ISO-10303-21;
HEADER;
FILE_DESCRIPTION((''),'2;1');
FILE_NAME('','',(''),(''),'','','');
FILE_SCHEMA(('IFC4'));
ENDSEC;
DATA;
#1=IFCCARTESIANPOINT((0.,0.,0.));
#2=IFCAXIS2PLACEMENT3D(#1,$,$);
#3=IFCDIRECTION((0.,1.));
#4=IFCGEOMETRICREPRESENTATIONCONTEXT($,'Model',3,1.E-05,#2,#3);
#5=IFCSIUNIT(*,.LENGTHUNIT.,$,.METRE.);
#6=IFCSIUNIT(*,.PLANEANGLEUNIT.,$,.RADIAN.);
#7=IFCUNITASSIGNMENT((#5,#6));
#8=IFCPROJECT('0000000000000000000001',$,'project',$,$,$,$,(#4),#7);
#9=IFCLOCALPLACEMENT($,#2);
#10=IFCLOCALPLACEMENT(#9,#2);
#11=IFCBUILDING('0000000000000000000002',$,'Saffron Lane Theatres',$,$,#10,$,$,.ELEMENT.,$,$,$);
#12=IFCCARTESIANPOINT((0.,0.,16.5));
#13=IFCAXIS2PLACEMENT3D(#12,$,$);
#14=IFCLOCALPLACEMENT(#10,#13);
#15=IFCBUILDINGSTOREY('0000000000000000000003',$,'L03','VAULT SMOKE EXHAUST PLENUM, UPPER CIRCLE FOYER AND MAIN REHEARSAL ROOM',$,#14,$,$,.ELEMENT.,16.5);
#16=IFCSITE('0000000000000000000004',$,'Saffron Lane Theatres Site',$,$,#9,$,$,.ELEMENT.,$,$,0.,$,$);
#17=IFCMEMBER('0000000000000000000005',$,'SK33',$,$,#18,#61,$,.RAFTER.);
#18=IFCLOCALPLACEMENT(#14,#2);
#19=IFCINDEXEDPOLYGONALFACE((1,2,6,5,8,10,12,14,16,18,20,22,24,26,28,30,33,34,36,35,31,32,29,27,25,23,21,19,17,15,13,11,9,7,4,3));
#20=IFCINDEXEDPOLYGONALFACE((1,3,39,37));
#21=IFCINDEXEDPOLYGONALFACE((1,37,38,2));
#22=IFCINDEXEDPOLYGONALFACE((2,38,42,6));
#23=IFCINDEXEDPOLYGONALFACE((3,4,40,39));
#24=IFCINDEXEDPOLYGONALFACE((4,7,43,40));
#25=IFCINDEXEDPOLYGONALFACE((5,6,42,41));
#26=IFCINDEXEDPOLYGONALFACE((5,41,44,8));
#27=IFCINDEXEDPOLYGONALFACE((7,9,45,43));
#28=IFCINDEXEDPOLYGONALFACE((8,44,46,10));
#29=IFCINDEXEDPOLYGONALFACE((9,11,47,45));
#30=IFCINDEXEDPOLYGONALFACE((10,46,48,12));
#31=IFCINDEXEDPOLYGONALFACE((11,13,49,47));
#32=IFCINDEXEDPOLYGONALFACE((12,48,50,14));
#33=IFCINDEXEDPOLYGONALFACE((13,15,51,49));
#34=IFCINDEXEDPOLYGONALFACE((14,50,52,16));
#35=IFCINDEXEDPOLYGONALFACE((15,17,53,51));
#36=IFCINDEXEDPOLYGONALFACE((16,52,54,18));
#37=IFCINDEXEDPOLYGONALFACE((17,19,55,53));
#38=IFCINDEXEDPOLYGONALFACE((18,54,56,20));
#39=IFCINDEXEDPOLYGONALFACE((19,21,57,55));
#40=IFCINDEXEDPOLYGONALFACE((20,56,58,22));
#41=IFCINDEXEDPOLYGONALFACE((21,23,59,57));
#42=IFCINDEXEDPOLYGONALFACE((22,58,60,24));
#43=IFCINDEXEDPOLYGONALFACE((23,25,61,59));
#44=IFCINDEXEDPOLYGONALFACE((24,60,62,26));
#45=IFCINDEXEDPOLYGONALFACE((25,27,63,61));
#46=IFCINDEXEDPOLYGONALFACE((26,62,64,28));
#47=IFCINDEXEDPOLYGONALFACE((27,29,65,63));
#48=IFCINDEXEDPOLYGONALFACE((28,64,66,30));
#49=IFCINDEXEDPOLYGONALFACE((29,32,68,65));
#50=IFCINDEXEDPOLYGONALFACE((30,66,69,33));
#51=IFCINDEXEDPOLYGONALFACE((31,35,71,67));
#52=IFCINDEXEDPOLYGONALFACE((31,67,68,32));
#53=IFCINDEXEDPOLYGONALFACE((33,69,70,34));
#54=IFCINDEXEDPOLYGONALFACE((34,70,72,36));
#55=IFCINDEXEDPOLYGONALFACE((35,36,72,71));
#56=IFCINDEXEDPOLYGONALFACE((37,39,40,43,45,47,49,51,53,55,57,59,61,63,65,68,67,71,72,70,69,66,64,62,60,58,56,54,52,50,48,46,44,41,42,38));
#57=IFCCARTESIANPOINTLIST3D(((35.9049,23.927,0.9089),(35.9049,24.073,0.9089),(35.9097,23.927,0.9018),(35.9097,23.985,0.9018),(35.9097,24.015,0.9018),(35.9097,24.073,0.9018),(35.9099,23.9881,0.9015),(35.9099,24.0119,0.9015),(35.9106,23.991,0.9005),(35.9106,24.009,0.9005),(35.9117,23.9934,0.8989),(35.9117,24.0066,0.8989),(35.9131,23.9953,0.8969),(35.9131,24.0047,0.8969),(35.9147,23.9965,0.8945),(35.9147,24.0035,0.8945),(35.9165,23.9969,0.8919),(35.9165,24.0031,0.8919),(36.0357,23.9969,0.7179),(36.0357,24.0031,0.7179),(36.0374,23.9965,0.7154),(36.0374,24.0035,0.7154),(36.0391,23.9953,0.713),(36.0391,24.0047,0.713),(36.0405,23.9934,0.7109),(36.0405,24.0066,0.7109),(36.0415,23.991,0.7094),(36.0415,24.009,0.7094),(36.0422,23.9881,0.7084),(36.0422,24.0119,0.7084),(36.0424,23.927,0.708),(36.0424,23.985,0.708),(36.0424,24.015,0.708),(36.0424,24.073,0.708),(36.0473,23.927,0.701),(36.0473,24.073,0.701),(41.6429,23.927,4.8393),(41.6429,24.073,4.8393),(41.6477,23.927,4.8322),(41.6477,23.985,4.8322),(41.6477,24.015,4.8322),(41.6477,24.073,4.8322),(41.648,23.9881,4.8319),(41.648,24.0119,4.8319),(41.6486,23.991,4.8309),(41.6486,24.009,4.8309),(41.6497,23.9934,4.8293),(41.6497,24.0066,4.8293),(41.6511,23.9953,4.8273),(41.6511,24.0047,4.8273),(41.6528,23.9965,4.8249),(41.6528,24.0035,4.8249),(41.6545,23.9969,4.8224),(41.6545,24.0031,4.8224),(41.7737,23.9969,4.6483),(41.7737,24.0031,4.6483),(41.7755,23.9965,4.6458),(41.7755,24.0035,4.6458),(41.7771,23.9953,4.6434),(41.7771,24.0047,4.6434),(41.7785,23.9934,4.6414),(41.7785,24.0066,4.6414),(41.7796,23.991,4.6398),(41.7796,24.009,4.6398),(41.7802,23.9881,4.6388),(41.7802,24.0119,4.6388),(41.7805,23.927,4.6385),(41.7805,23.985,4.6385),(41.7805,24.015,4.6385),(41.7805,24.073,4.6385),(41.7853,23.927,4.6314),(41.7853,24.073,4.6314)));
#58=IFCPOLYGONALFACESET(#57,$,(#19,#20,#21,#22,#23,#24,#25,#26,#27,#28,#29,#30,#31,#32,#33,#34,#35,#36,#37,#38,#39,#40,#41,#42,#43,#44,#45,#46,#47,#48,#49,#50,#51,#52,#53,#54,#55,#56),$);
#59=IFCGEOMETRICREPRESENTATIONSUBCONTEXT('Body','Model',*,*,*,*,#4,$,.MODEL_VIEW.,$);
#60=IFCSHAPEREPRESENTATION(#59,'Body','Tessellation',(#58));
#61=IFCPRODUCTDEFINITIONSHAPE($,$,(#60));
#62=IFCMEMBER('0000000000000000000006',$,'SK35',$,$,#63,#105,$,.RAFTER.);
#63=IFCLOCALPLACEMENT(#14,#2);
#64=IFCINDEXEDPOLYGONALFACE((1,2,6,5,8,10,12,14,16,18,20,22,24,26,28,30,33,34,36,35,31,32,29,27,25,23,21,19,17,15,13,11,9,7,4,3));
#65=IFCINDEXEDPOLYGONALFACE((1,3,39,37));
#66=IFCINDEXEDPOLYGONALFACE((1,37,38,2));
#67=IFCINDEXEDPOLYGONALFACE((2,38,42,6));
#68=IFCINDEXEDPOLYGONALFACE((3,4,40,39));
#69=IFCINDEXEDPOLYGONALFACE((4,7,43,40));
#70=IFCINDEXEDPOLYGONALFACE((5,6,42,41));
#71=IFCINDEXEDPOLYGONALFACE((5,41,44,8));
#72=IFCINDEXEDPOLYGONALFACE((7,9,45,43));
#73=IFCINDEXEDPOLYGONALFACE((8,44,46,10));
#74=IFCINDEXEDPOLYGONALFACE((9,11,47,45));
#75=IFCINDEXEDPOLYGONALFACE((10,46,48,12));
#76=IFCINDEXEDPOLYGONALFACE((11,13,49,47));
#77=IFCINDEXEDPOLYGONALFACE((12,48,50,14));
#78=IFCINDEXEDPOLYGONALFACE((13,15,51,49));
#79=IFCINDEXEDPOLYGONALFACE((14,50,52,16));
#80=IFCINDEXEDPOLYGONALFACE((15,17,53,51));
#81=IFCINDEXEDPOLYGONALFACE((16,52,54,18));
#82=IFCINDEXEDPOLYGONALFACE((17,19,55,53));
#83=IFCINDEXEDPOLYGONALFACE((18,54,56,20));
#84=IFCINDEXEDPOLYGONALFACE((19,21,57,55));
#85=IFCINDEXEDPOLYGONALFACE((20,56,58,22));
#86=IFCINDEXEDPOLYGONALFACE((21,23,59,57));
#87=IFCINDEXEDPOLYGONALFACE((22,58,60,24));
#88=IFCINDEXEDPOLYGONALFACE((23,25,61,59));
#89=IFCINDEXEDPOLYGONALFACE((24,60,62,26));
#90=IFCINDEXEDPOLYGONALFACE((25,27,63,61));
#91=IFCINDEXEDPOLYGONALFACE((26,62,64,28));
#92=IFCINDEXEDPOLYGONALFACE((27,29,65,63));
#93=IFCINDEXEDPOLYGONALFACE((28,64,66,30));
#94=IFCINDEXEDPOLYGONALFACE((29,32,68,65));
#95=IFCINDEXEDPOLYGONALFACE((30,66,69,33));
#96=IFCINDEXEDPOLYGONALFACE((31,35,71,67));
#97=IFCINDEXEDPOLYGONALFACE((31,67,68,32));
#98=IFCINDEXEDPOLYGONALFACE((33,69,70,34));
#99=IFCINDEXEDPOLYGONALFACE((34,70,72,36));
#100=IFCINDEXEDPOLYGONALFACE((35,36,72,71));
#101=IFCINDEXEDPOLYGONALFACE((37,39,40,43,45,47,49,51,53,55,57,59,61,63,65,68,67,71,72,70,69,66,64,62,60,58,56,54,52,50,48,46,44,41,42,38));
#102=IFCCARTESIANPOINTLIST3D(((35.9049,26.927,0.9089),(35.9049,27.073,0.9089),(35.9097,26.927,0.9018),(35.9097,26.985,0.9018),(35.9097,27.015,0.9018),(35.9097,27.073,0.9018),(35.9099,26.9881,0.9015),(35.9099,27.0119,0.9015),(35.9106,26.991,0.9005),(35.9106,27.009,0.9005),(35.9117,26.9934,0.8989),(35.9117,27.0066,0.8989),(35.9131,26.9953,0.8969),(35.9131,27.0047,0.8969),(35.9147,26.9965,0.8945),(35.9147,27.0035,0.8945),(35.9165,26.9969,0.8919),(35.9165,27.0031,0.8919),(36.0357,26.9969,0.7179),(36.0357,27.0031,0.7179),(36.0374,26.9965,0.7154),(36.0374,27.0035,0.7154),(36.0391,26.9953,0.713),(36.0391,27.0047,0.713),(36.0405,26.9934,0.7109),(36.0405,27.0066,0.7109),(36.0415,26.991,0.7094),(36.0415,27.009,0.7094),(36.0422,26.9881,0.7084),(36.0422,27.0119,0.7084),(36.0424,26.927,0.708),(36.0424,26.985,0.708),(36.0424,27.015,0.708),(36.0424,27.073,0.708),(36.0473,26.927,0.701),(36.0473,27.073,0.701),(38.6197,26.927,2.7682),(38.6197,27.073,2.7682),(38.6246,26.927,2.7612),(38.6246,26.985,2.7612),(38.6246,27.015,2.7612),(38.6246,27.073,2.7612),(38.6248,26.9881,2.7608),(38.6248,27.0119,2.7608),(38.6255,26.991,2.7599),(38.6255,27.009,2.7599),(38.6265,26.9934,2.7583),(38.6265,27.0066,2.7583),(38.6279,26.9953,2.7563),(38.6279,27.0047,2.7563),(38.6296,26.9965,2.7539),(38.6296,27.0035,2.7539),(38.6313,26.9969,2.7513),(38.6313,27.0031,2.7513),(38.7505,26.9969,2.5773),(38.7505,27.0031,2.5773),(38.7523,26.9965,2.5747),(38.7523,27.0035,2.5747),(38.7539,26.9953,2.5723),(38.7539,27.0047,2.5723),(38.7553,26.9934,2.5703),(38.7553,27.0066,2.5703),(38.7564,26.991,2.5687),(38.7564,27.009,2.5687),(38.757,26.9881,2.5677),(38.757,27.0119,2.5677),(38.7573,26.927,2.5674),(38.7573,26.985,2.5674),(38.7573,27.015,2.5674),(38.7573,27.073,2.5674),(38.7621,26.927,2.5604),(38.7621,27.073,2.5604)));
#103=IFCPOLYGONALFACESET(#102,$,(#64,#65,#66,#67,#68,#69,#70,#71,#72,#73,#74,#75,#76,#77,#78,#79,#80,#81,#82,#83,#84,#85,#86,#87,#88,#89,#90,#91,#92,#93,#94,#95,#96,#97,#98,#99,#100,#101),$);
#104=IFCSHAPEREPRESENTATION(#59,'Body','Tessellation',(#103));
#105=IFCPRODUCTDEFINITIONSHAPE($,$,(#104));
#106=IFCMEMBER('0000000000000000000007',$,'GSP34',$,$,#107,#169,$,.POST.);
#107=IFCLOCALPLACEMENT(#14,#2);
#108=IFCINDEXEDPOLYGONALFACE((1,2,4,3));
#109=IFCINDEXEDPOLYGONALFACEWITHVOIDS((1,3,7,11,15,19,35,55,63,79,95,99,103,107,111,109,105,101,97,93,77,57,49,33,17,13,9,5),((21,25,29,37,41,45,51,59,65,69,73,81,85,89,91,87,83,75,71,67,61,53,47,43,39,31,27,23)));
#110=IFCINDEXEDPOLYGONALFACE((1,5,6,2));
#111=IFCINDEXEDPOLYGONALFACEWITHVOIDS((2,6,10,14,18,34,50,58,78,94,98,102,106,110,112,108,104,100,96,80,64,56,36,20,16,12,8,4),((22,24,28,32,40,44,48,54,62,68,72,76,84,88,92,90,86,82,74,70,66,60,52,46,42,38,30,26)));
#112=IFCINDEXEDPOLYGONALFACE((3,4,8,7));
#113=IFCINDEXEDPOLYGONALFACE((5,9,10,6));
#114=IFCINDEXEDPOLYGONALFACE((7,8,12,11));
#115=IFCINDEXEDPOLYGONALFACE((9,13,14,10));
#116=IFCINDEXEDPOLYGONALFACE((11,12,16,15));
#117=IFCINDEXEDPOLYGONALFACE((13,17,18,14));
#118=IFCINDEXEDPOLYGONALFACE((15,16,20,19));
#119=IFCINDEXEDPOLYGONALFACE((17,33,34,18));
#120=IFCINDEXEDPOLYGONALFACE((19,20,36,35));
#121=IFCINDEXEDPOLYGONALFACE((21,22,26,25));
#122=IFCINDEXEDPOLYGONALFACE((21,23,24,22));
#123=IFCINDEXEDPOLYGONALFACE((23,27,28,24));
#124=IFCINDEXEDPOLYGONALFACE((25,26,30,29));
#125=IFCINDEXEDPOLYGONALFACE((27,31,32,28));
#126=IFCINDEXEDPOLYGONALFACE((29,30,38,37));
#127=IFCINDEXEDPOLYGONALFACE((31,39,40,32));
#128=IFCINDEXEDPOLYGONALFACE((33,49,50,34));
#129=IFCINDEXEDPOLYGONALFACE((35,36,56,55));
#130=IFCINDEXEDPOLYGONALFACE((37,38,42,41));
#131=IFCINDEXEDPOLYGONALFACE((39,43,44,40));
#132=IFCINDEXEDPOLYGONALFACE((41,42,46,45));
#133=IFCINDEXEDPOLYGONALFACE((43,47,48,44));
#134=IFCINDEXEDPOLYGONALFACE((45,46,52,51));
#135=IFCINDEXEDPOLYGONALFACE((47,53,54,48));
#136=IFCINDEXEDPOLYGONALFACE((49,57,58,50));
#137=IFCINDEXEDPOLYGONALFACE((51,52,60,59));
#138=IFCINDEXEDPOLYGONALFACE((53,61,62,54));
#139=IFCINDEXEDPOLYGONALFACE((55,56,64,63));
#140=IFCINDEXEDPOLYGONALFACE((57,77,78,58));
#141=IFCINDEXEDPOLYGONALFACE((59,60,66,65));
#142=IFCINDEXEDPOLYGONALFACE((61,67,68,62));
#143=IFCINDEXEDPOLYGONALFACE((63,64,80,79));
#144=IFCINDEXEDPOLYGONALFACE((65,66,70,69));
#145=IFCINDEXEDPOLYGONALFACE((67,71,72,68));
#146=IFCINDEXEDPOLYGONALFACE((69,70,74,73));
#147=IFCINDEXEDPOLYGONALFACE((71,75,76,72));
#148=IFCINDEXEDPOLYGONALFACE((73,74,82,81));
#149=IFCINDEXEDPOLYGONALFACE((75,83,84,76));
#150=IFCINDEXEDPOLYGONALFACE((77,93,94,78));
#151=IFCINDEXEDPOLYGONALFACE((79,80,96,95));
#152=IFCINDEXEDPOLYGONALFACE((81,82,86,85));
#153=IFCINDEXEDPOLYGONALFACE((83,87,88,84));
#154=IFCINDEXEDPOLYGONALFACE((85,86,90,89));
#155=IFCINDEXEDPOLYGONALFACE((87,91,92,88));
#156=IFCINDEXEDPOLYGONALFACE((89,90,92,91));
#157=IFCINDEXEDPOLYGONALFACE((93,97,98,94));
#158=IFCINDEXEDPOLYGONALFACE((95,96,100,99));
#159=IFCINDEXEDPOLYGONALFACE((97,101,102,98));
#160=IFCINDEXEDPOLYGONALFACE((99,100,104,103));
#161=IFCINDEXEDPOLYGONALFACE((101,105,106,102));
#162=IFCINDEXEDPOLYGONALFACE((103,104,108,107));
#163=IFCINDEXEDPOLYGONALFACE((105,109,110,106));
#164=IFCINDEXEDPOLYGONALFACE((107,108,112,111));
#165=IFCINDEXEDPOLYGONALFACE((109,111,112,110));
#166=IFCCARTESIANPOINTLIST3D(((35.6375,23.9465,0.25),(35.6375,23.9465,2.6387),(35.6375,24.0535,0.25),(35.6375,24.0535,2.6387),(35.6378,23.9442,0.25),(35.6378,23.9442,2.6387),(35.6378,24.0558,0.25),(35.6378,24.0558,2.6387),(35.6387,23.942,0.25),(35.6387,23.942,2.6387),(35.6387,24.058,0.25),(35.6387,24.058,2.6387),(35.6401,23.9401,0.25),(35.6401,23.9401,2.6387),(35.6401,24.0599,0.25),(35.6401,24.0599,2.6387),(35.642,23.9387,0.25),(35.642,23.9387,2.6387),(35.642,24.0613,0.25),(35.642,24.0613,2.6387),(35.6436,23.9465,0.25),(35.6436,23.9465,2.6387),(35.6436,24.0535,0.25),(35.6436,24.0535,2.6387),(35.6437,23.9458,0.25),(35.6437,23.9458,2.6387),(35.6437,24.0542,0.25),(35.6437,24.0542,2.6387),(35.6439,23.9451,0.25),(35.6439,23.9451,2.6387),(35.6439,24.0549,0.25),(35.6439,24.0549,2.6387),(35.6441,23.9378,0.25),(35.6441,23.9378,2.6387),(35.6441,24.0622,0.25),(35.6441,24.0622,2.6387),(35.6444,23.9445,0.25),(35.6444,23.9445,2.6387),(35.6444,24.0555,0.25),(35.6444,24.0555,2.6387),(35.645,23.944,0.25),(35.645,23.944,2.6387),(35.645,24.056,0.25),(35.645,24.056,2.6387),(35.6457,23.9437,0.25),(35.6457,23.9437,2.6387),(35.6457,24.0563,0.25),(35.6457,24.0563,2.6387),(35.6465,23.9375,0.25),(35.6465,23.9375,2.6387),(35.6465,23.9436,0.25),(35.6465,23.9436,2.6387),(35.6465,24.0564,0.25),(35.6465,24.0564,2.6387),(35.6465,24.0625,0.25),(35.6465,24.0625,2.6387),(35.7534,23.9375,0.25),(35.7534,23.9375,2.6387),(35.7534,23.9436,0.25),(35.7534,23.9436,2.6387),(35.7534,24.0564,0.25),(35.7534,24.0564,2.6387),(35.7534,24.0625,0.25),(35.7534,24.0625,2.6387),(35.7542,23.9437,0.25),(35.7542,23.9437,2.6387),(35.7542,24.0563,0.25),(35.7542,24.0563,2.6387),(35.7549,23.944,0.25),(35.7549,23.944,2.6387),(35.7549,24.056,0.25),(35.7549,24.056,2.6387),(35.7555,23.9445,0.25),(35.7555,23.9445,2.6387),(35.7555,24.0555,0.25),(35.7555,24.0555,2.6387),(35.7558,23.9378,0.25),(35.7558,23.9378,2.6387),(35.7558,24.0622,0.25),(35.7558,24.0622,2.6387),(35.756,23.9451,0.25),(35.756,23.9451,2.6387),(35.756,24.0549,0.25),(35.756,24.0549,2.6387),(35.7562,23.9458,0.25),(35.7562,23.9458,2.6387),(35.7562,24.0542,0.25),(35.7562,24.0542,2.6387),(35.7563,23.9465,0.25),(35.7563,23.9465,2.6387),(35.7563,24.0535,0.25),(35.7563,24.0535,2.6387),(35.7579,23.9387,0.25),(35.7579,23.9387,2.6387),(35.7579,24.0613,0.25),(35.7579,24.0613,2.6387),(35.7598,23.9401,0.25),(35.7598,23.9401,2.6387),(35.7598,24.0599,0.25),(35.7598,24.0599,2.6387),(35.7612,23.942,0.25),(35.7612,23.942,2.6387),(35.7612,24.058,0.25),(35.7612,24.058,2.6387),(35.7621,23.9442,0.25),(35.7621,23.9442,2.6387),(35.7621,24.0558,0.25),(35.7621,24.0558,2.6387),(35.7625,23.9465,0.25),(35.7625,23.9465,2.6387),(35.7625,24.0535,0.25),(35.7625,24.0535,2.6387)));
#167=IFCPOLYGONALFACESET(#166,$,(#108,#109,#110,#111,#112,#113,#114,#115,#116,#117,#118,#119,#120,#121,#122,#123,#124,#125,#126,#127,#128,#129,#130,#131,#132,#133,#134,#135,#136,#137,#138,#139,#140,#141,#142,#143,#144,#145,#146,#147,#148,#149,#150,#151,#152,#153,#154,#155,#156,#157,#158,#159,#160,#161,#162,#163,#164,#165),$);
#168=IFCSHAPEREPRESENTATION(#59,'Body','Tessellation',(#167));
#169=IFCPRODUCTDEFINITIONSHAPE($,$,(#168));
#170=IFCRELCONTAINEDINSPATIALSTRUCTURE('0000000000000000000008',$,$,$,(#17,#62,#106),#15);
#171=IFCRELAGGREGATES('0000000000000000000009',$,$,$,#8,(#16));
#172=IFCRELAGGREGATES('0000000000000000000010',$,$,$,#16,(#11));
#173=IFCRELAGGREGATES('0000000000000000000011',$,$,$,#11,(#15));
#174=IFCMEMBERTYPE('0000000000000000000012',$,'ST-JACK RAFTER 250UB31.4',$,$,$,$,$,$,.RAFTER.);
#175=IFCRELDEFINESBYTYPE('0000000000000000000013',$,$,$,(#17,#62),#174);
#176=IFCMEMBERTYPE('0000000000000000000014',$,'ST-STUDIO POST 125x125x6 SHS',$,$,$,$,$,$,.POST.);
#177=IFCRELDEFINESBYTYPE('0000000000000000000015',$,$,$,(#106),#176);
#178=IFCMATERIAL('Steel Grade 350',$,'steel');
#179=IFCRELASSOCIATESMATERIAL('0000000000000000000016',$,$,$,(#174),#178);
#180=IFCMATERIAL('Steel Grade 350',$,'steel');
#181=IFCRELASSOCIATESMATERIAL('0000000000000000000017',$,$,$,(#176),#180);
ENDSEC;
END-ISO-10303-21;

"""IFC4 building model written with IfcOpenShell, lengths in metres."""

from ifc_helpers import new_model, si_unit, direction, frame, origin, origin_2d, place, context, subcontext, project, spatial, hollow_rectangle, i_section, extrude, material, material_profile, profile_set, type_object, element, save


model = new_model("IFC4")

# Units and contexts
model_context = context("Model", 3, precision=1e-05, world=origin(), true_north=direction((0.0, 1.0)))
body_context = subcontext(model_context, "Body", "Model", "MODEL_VIEW")
ifc_project = project(units=[si_unit("LENGTHUNIT", "METRE"), si_unit("PLANEANGLEUNIT", "RADIAN")], contexts=[model_context])

# Site, building, storey
site_placement = place(None, origin())
site = spatial("IfcSite", under=ifc_project, at=site_placement, Name="Saffron Lane Theatres Site", CompositionType="ELEMENT", RefElevation=0.0)
building_placement = place(site_placement, origin())
building = spatial("IfcBuilding", under=site, at=building_placement, Name="Saffron Lane Theatres", CompositionType="ELEMENT")
storey_placement = place(building_placement, frame((0.0, 0.0, 16.5)))
storey = spatial("IfcBuildingStorey", under=building, at=storey_placement, Name="L03", Description="VAULT SMOKE EXHAUST PLENUM, UPPER CIRCLE FOYER AND MAIN REHEARSAL ROOM", CompositionType="ELEMENT", Elevation=16.5)

# Members
ifc_material_1 = material(Name="Steel Grade 350", Category="steel")
ifc_material_profile_1 = material_profile(ifc_material_1, i_section(OverallWidth=0.146, OverallDepth=0.252, WebThickness=0.0061, FlangeThickness=0.0085, FilletRadius=0.012, at=origin_2d()))
ifc_profile_set_1 = profile_set([ifc_material_profile_1], Name="Steel Grade 350")
member_type_1 = type_object("IfcMemberType", Name="ST-JACK RAFTER 250UB31.4", PredefinedType="RAFTER", material=ifc_profile_set_1)
member_1_placement = place(storey_placement, frame((35.9761, 24.0, 0.8049), z_axis=(0.825013, 0.0, 0.565114), x_axis=(0.0, 1.0, 0.0)))
element("IfcMember", 1, at=member_1_placement, inside=storey, type_object=member_type_1, Name="SK33", PredefinedType="RAFTER", context=body_context, shape_type="SweptSolid", body=[
    extrude(i_section(OverallWidth=0.146, OverallDepth=0.252, WebThickness=0.0061, FlangeThickness=0.0085, FilletRadius=0.012, at=origin_2d()), origin(), (0.0, 0.0, 1.0), 6.9551),
])
member_2_placement = place(storey_placement, frame((35.9761, 27.0, 0.8049), z_axis=(0.825045, 0.0, 0.565067), x_axis=(0.0, 1.0, 0.0)))
element("IfcMember", 2, at=member_2_placement, inside=storey, type_object=member_type_1, Name="SK35", PredefinedType="RAFTER", context=body_context, shape_type="SweptSolid", body=[
    extrude(i_section(OverallWidth=0.146, OverallDepth=0.252, WebThickness=0.0061, FlangeThickness=0.0085, FilletRadius=0.012, at=origin_2d()), origin(), (0.0, 0.0, 1.0), 3.2905),
])
ifc_material_2 = material(Name="Steel Grade 350", Category="steel")
ifc_material_profile_2 = material_profile(ifc_material_2, hollow_rectangle(XDim=0.125, YDim=0.125, WallThickness=0.0061, InnerFilletRadius=0.0029, OuterFilletRadius=0.009, at=origin_2d()))
ifc_profile_set_2 = profile_set([ifc_material_profile_2], Name="Steel Grade 350")
member_type_2 = type_object("IfcMemberType", Name="ST-STUDIO POST 125x125x6 SHS", PredefinedType="POST", material=ifc_profile_set_2)
member_3_placement = place(storey_placement, frame((35.7, 24.0, 0.25), z_axis=(0.0, 0.0, 1.0), x_axis=(1.0, 0.0, 0.0)))
element("IfcMember", 3, at=member_3_placement, inside=storey, type_object=member_type_2, Name="GSP34", PredefinedType="POST", context=body_context, shape_type="SweptSolid", body=[
    extrude(hollow_rectangle(XDim=0.125, YDim=0.125, WallThickness=0.0061, InnerFilletRadius=0.0029, OuterFilletRadius=0.009, at=origin_2d()), origin(), (0.0, 0.0, 1.0), 2.3887),
])

save(model, "model.ifc")
